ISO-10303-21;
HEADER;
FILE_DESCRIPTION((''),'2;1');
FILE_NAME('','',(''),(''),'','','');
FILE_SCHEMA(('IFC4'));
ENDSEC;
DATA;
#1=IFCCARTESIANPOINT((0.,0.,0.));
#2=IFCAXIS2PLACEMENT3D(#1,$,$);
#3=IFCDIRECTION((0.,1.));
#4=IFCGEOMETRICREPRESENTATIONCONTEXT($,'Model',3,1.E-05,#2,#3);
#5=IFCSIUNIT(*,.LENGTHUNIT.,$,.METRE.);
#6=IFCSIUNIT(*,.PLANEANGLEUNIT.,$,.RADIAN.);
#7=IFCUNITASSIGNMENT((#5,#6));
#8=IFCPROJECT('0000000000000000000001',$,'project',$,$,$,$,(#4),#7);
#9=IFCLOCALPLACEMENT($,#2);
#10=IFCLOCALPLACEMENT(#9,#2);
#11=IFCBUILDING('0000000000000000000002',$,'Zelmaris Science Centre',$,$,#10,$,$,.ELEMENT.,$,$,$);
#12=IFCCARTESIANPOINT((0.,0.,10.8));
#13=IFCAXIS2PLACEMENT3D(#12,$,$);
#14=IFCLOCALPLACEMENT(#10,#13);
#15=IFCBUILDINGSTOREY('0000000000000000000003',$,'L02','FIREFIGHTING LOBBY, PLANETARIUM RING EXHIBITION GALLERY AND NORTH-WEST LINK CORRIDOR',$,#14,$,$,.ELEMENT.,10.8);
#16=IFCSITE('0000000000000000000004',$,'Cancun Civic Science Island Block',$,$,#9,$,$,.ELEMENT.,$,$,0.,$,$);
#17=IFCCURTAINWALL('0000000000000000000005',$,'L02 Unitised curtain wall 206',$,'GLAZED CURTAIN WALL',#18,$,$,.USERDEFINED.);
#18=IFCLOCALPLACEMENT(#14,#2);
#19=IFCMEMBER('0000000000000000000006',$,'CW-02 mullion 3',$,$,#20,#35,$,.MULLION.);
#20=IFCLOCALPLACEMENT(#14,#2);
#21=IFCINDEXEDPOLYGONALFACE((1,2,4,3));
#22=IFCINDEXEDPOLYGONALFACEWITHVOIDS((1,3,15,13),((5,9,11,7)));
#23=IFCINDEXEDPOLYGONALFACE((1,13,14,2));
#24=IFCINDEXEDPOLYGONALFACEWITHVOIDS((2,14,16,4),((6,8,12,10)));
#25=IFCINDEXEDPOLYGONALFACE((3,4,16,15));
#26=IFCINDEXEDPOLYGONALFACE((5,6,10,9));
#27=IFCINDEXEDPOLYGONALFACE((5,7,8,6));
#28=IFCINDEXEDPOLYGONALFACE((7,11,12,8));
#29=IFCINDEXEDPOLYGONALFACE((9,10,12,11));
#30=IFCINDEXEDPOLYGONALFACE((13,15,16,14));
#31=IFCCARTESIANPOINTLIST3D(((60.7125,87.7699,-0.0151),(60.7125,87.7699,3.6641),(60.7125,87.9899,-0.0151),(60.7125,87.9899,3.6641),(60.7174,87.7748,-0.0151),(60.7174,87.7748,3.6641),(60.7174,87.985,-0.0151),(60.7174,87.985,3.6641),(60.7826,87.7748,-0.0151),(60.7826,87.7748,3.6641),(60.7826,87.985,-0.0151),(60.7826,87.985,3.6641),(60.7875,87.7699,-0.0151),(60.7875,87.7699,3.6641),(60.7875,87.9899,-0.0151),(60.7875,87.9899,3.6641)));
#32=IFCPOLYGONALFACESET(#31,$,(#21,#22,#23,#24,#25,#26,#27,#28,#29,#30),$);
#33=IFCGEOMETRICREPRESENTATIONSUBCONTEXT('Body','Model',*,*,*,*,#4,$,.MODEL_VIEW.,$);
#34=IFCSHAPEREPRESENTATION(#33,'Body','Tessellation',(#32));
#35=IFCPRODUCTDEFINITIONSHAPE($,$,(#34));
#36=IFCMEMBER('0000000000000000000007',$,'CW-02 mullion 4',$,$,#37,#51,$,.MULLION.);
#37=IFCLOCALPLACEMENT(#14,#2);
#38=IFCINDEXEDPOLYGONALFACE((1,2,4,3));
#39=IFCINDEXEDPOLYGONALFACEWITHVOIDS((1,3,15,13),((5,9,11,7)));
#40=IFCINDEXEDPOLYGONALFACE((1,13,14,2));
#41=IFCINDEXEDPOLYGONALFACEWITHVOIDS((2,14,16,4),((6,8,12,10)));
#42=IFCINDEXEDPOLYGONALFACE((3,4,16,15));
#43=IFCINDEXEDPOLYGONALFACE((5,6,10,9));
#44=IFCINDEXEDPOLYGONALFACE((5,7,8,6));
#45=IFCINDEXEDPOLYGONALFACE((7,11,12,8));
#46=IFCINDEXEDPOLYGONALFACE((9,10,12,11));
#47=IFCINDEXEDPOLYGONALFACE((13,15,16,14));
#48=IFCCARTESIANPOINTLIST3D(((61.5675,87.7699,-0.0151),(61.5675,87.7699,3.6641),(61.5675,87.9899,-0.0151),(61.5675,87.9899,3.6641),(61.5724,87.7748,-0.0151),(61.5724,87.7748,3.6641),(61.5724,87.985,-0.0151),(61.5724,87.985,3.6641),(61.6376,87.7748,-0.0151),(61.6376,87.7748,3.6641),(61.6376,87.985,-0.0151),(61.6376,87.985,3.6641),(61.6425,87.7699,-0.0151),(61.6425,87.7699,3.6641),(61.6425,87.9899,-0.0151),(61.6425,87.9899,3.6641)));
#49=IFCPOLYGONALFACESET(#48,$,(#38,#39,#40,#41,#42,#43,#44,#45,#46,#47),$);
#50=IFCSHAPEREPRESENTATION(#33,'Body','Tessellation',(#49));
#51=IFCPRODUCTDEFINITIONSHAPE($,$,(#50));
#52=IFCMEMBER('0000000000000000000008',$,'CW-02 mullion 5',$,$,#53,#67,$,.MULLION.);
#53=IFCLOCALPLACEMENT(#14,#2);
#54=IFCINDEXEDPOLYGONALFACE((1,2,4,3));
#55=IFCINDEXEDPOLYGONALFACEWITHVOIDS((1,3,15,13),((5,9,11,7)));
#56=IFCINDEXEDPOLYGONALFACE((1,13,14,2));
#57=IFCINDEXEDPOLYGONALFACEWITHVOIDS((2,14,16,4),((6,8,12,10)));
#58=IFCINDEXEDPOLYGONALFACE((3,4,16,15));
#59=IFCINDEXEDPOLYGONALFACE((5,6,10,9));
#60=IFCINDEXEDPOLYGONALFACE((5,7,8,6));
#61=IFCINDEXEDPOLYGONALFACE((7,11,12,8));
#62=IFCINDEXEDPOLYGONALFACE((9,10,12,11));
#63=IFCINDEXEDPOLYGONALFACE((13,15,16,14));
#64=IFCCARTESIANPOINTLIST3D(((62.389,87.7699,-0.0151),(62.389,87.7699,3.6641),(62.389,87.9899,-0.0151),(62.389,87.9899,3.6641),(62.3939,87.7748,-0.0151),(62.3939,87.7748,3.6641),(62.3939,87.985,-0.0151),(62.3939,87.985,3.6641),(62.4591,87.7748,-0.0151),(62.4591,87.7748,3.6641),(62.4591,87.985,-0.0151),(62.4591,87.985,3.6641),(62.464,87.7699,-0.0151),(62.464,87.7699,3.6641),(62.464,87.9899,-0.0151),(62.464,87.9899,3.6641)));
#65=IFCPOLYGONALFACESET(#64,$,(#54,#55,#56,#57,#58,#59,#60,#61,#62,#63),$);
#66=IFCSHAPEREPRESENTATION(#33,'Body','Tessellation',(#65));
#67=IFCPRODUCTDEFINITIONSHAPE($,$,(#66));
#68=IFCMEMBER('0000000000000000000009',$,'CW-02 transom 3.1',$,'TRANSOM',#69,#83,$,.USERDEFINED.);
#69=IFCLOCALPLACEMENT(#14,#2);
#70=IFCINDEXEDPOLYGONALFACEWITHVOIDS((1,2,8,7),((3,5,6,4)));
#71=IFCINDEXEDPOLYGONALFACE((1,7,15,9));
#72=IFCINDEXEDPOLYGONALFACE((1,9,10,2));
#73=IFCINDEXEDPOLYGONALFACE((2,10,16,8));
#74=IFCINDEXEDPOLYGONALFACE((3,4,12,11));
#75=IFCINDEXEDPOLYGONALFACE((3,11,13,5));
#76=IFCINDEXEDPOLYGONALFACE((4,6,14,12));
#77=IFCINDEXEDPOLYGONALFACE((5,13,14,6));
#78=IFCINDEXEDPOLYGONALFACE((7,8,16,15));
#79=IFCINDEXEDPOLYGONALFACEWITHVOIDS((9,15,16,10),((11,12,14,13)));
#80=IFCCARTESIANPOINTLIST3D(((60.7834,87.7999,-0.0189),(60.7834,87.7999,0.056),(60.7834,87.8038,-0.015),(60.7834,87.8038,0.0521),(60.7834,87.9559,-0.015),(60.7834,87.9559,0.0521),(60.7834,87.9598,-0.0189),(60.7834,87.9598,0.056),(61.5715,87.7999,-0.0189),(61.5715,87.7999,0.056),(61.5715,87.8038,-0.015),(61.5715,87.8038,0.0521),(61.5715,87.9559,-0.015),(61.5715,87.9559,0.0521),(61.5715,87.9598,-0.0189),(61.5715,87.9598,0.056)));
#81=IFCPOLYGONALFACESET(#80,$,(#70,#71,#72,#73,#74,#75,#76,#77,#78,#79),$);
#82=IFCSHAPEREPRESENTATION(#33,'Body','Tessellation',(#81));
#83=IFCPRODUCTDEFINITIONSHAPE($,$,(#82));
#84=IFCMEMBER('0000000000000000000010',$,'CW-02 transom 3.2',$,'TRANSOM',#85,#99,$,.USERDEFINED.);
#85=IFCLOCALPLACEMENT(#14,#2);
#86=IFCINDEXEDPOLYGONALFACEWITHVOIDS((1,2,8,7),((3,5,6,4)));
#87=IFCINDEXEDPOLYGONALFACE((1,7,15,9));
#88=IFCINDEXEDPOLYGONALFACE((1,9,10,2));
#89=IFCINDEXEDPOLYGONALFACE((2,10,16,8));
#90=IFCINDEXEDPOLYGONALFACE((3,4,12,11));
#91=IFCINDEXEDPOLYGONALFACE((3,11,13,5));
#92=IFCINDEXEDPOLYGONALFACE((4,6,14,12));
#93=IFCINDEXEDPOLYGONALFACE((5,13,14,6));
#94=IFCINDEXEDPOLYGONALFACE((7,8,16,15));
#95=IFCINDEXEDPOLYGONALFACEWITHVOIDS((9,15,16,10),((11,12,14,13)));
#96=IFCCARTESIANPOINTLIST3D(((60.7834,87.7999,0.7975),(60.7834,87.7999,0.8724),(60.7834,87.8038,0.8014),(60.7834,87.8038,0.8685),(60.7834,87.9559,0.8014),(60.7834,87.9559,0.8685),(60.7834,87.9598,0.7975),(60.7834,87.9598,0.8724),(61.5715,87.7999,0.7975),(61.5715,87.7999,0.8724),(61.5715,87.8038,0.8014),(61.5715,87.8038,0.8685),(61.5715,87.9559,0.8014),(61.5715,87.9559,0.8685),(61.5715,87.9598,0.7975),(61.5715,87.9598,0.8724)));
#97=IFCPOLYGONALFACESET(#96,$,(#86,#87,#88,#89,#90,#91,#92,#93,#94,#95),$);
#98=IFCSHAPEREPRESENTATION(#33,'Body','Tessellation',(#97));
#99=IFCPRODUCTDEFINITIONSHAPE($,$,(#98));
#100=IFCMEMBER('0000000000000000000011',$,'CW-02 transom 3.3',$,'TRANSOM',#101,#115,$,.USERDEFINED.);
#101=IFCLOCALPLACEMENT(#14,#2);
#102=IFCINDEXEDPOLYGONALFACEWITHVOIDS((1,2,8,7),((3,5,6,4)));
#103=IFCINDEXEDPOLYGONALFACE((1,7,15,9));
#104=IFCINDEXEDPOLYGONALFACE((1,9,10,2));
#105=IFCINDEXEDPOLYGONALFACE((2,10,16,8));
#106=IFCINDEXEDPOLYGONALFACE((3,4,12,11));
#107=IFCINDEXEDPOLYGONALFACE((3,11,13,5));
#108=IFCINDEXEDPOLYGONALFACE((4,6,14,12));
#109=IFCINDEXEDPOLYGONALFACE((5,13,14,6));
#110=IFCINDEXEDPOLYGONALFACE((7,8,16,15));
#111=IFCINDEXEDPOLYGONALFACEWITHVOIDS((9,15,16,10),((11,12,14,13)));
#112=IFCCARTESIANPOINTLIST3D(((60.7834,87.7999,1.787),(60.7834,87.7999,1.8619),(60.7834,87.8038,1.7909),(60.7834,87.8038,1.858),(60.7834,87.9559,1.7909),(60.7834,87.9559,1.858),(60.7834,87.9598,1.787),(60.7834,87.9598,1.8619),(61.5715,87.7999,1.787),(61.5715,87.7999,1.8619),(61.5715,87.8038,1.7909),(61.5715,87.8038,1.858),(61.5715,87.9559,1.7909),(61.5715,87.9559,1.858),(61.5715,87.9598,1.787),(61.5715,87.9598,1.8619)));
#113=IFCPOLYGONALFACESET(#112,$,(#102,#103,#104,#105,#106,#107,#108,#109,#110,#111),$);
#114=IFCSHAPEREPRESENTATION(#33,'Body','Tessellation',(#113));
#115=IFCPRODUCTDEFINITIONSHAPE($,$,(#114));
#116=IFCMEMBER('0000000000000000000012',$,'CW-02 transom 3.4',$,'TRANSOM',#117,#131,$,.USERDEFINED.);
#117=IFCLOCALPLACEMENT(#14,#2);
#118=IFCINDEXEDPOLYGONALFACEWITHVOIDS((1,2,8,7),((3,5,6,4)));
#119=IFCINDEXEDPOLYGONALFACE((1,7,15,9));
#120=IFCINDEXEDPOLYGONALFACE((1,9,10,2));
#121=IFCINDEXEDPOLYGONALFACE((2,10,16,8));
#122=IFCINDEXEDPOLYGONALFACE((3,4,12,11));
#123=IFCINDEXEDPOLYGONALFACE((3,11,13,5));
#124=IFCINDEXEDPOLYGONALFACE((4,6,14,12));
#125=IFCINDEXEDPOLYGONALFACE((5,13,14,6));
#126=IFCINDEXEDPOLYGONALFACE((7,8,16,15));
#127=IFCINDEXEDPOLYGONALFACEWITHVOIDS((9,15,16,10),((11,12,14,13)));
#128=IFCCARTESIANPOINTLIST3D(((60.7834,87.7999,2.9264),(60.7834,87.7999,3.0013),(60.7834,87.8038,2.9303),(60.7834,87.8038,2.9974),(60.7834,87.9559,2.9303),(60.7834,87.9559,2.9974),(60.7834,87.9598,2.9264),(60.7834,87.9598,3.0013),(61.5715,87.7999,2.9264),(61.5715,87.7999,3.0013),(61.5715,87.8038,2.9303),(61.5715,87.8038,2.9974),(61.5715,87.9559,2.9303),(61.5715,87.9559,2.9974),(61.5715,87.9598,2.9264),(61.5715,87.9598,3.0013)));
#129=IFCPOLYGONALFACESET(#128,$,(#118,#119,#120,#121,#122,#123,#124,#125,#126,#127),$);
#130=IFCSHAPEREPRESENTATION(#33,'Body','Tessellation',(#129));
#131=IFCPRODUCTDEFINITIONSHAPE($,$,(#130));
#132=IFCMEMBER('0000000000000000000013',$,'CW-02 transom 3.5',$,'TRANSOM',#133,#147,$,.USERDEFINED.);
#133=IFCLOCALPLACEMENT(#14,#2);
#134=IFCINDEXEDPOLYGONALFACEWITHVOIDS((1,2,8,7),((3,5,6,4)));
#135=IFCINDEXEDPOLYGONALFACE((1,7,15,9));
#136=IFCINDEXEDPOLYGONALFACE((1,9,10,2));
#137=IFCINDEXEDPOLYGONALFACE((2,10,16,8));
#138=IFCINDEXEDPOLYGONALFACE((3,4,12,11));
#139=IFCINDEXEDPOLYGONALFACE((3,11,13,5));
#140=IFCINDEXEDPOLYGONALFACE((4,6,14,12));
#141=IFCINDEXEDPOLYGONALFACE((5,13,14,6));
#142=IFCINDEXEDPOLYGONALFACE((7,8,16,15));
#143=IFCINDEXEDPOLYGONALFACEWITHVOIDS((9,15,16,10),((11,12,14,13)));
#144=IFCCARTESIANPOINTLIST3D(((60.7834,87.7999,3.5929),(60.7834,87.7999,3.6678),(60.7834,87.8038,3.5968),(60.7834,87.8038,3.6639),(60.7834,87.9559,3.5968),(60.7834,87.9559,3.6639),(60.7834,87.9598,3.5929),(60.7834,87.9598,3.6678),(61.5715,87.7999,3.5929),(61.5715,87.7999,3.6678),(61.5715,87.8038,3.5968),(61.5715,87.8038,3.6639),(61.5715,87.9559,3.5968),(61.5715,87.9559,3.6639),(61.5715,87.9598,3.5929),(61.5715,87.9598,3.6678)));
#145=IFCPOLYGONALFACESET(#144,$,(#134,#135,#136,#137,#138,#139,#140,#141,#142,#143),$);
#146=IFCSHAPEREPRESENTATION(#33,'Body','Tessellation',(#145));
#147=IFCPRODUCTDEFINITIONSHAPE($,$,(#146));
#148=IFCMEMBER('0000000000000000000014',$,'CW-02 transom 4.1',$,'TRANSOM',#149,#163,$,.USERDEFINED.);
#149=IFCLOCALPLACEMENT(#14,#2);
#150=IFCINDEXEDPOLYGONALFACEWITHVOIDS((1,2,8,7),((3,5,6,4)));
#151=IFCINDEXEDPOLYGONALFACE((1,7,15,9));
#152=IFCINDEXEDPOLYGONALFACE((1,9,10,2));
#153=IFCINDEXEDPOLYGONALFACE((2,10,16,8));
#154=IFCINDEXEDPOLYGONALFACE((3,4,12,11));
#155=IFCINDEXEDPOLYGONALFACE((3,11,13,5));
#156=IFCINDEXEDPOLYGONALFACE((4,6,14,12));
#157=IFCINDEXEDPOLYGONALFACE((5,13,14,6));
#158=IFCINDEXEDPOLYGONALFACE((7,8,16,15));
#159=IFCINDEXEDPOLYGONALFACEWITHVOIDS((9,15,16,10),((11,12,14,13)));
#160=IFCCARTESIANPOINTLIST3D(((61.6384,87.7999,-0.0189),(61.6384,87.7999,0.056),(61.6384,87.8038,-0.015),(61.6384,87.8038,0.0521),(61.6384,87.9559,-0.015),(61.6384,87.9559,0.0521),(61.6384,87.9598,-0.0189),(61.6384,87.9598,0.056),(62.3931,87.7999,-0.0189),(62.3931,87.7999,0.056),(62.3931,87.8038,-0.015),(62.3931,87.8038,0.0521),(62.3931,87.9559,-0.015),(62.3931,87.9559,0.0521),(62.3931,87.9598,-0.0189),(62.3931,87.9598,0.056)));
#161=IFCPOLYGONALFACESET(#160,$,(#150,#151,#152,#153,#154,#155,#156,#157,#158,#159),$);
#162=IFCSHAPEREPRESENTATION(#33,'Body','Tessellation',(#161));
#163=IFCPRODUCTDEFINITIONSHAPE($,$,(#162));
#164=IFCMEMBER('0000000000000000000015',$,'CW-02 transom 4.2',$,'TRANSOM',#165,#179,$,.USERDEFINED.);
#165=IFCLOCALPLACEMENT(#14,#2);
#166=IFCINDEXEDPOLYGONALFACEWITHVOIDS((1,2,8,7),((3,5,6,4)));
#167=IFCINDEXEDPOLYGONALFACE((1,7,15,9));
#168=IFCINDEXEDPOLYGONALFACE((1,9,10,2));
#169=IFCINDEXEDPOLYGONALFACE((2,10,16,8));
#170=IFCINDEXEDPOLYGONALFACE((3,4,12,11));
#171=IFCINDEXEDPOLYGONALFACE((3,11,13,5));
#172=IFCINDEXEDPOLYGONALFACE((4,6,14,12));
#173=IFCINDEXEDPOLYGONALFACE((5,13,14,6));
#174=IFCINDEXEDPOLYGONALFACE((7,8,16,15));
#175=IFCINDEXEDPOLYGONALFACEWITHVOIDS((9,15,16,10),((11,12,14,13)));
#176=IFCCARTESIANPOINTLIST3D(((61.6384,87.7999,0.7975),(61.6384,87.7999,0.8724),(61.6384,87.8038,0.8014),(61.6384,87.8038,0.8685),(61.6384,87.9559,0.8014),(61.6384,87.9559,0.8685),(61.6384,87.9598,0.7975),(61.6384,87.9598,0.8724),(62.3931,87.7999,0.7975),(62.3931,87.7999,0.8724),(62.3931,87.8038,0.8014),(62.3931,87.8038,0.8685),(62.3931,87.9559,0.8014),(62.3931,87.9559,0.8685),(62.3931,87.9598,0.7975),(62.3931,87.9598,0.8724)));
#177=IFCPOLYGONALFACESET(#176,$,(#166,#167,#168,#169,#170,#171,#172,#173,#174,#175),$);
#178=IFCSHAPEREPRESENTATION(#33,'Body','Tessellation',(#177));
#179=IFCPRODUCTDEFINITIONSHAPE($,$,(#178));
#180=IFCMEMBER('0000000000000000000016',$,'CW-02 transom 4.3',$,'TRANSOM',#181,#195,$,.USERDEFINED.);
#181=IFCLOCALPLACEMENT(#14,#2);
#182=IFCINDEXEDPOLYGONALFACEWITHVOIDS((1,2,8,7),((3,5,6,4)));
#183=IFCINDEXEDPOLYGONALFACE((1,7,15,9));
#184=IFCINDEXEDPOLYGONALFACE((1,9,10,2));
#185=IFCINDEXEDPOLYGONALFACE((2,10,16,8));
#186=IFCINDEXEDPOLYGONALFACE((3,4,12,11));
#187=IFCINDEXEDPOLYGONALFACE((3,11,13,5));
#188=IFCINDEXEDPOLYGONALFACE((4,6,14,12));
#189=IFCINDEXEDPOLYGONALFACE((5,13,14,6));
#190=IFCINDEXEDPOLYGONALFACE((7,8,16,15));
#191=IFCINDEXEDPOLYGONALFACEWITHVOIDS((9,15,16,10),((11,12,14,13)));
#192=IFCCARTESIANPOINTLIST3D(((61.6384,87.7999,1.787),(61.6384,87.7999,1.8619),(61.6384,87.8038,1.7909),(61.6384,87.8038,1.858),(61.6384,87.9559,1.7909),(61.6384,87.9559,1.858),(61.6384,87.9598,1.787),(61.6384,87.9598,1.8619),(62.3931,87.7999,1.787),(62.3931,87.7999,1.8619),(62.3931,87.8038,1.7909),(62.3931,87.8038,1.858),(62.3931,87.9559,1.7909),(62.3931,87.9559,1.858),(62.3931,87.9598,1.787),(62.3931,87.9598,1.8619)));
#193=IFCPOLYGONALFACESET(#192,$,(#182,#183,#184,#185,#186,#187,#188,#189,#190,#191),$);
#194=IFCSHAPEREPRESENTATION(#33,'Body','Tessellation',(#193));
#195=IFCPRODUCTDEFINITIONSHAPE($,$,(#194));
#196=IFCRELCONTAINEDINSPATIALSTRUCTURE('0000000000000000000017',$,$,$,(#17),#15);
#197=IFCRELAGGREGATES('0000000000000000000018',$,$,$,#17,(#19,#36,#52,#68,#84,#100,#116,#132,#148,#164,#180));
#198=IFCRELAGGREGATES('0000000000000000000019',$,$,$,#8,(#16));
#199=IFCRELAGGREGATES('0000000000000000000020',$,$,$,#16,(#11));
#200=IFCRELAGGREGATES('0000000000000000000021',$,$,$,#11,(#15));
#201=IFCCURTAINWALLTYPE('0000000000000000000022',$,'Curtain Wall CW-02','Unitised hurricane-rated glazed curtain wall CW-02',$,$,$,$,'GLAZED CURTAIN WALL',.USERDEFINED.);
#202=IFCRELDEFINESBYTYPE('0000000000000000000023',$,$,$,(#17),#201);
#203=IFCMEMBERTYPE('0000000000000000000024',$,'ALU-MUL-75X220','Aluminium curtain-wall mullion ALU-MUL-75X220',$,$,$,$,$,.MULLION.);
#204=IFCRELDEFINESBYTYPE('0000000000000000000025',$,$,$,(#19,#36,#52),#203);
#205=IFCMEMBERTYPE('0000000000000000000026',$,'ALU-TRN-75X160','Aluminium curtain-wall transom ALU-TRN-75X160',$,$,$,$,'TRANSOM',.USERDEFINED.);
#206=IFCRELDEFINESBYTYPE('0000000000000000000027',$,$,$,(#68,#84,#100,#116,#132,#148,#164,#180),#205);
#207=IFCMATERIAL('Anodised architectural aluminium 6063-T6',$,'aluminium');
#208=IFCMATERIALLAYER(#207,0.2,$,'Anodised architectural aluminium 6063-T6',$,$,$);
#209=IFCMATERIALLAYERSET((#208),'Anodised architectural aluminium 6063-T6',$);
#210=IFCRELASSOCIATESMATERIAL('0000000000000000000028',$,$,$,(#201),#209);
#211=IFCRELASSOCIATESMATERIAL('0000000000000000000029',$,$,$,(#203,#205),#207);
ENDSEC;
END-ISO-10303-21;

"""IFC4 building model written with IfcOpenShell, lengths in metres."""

from ifc_helpers import new_model, si_unit, direction, frame, origin, origin_2d, place, context, subcontext, project, spatial, hollow_rectangle, extrude, material, layer, layer_set, material_profile, profile_set, type_object, element, aggregate, save


model = new_model("IFC4")

# Units and contexts
model_context = context("Model", 3, precision=1e-05, world=origin(), true_north=direction((0.0, 1.0)))
body_context = subcontext(model_context, "Body", "Model", "MODEL_VIEW")
ifc_project = project(units=[si_unit("LENGTHUNIT", "METRE"), si_unit("PLANEANGLEUNIT", "RADIAN")], contexts=[model_context])

# Site, building, storey
site_placement = place(None, origin())
site = spatial("IfcSite", under=ifc_project, at=site_placement, Name="Cancun Civic Science Island Block", CompositionType="ELEMENT", RefElevation=0.0)
building_placement = place(site_placement, origin())
building = spatial("IfcBuilding", under=site, at=building_placement, Name="Zelmaris Science Centre", CompositionType="ELEMENT")
storey_placement = place(building_placement, frame((0.0, 0.0, 10.8)))
storey = spatial("IfcBuildingStorey", under=building, at=storey_placement, Name="L02", Description="FIREFIGHTING LOBBY, PLANETARIUM RING EXHIBITION GALLERY AND NORTH-WEST LINK CORRIDOR", CompositionType="ELEMENT", Elevation=10.8)

# Curtain wall, members
ifc_material_1 = material(Name="Anodised architectural aluminium 6063-T6", Category="aluminium")
ifc_layer_1 = layer(ifc_material_1, 0.2, Name="Anodised architectural aluminium 6063-T6")
ifc_layer_set_1 = layer_set([ifc_layer_1], Name="Anodised architectural aluminium 6063-T6")
curtain_wall_type = type_object("IfcCurtainWallType", Name="Curtain Wall CW-02", Description="Unitised hurricane-rated glazed curtain wall CW-02", ElementType="GLAZED CURTAIN WALL", PredefinedType="USERDEFINED", material=ifc_layer_set_1)
curtain_wall_placement = place(storey_placement, origin())
curtain_wall = element("IfcCurtainWall", 1, at=curtain_wall_placement, inside=storey, type_object=curtain_wall_type, Name="L02 Unitised curtain wall 206", ObjectType="GLAZED CURTAIN WALL", PredefinedType="USERDEFINED")
ifc_material_profile_1 = material_profile(ifc_material_1, hollow_rectangle(XDim=0.075, YDim=0.22, WallThickness=0.0049, at=origin_2d()), Name="ALU-MUL-75X220")
ifc_profile_set_1 = profile_set([ifc_material_profile_1], Name="Anodised architectural aluminium 6063-T6")
member_type_1 = type_object("IfcMemberType", Name="ALU-MUL-75X220", Description="Aluminium curtain-wall mullion ALU-MUL-75X220", PredefinedType="MULLION", material=ifc_profile_set_1)
member_1_placement = place(storey_placement, frame((60.75, 87.8799, -0.0151), z_axis=(0.0, 0.0, 1.0), x_axis=(1.0, 0.0, 0.0)))
member_1 = element("IfcMember", 2, at=member_1_placement, type_object=member_type_1, Name="CW-02 mullion 3", PredefinedType="MULLION", context=body_context, shape_type="SweptSolid", body=[
    extrude(hollow_rectangle(XDim=0.075, YDim=0.22, WallThickness=0.0049, at=origin_2d()), origin(), (0.0, 0.0, 1.0), 3.6792),
])
member_2_placement = place(storey_placement, frame((61.605, 87.8799, -0.0151), z_axis=(0.0, 0.0, 1.0), x_axis=(1.0, 0.0, 0.0)))
member_2 = element("IfcMember", 3, at=member_2_placement, type_object=member_type_1, Name="CW-02 mullion 4", PredefinedType="MULLION", context=body_context, shape_type="SweptSolid", body=[
    extrude(hollow_rectangle(XDim=0.075, YDim=0.22, WallThickness=0.0049, at=origin_2d()), origin(), (0.0, 0.0, 1.0), 3.6792),
])
member_3_placement = place(storey_placement, frame((62.4265, 87.8799, -0.0151), z_axis=(0.0, 0.0, 1.0), x_axis=(1.0, 0.0, 0.0)))
member_3 = element("IfcMember", 4, at=member_3_placement, type_object=member_type_1, Name="CW-02 mullion 5", PredefinedType="MULLION", context=body_context, shape_type="SweptSolid", body=[
    extrude(hollow_rectangle(XDim=0.075, YDim=0.22, WallThickness=0.0049, at=origin_2d()), origin(), (0.0, 0.0, 1.0), 3.6792),
])
ifc_material_profile_2 = material_profile(ifc_material_1, hollow_rectangle(XDim=0.075, YDim=0.1599, WallThickness=0.0039, at=origin_2d()), Name="ALU-TRN-75X160")
ifc_profile_set_2 = profile_set([ifc_material_profile_2], Name="Anodised architectural aluminium 6063-T6")
member_type_2 = type_object("IfcMemberType", Name="ALU-TRN-75X160", Description="Aluminium curtain-wall transom ALU-TRN-75X160", ElementType="TRANSOM", PredefinedType="USERDEFINED", material=ifc_profile_set_2)
member_4_placement = place(storey_placement, frame((60.7834, 87.8799, 0.0186), z_axis=(1.0, 0.0, 0.0), x_axis=(0.0, 0.0, 1.0)))
member_4 = element("IfcMember", 5, at=member_4_placement, type_object=member_type_2, Name="CW-02 transom 3.1", ObjectType="TRANSOM", PredefinedType="USERDEFINED", context=body_context, shape_type="SweptSolid", body=[
    extrude(hollow_rectangle(XDim=0.075, YDim=0.1599, WallThickness=0.0039, at=origin_2d()), origin(), (0.0, 0.0, 1.0), 0.7881),
])
member_5_placement = place(storey_placement, frame((60.7834, 87.8799, 0.835), z_axis=(1.0, 0.0, 0.0), x_axis=(0.0, 0.0, 1.0)))
member_5 = element("IfcMember", 6, at=member_5_placement, type_object=member_type_2, Name="CW-02 transom 3.2", ObjectType="TRANSOM", PredefinedType="USERDEFINED", context=body_context, shape_type="SweptSolid", body=[
    extrude(hollow_rectangle(XDim=0.075, YDim=0.1599, WallThickness=0.0039, at=origin_2d()), origin(), (0.0, 0.0, 1.0), 0.7881),
])
member_6_placement = place(storey_placement, frame((60.7834, 87.8799, 1.8245), z_axis=(1.0, 0.0, 0.0), x_axis=(0.0, 0.0, 1.0)))
member_6 = element("IfcMember", 7, at=member_6_placement, type_object=member_type_2, Name="CW-02 transom 3.3", ObjectType="TRANSOM", PredefinedType="USERDEFINED", context=body_context, shape_type="SweptSolid", body=[
    extrude(hollow_rectangle(XDim=0.075, YDim=0.1599, WallThickness=0.0039, at=origin_2d()), origin(), (0.0, 0.0, 1.0), 0.7881),
])
member_7_placement = place(storey_placement, frame((60.7834, 87.8799, 2.9639), z_axis=(1.0, 0.0, 0.0), x_axis=(0.0, 0.0, 1.0)))
member_7 = element("IfcMember", 8, at=member_7_placement, type_object=member_type_2, Name="CW-02 transom 3.4", ObjectType="TRANSOM", PredefinedType="USERDEFINED", context=body_context, shape_type="SweptSolid", body=[
    extrude(hollow_rectangle(XDim=0.075, YDim=0.1599, WallThickness=0.0039, at=origin_2d()), origin(), (0.0, 0.0, 1.0), 0.7881),
])
member_8_placement = place(storey_placement, frame((60.7834, 87.8799, 3.6304), z_axis=(1.0, 0.0, 0.0), x_axis=(0.0, 0.0, 1.0)))
member_8 = element("IfcMember", 9, at=member_8_placement, type_object=member_type_2, Name="CW-02 transom 3.5", ObjectType="TRANSOM", PredefinedType="USERDEFINED", context=body_context, shape_type="SweptSolid", body=[
    extrude(hollow_rectangle(XDim=0.075, YDim=0.1599, WallThickness=0.0039, at=origin_2d()), origin(), (0.0, 0.0, 1.0), 0.7881),
])
member_9_placement = place(storey_placement, frame((61.6384, 87.8799, 0.0186), z_axis=(1.0, 0.0, 0.0), x_axis=(0.0, 0.0, 1.0)))
member_9 = element("IfcMember", 10, at=member_9_placement, type_object=member_type_2, Name="CW-02 transom 4.1", ObjectType="TRANSOM", PredefinedType="USERDEFINED", context=body_context, shape_type="SweptSolid", body=[
    extrude(hollow_rectangle(XDim=0.075, YDim=0.1599, WallThickness=0.0039, at=origin_2d()), origin(), (0.0, 0.0, 1.0), 0.7546),
])
member_10_placement = place(storey_placement, frame((61.6384, 87.8799, 0.835), z_axis=(1.0, 0.0, 0.0), x_axis=(0.0, 0.0, 1.0)))
member_10 = element("IfcMember", 11, at=member_10_placement, type_object=member_type_2, Name="CW-02 transom 4.2", ObjectType="TRANSOM", PredefinedType="USERDEFINED", context=body_context, shape_type="SweptSolid", body=[
    extrude(hollow_rectangle(XDim=0.075, YDim=0.1599, WallThickness=0.0039, at=origin_2d()), origin(), (0.0, 0.0, 1.0), 0.7546),
])
member_11_placement = place(storey_placement, frame((61.6384, 87.8799, 1.8245), z_axis=(1.0, 0.0, 0.0), x_axis=(0.0, 0.0, 1.0)))
member_11 = element("IfcMember", 12, at=member_11_placement, type_object=member_type_2, Name="CW-02 transom 4.3", ObjectType="TRANSOM", PredefinedType="USERDEFINED", context=body_context, shape_type="SweptSolid", body=[
    extrude(hollow_rectangle(XDim=0.075, YDim=0.1599, WallThickness=0.0039, at=origin_2d()), origin(), (0.0, 0.0, 1.0), 0.7546),
])
aggregate(curtain_wall, [member_1, member_2, member_3, member_4, member_5, member_6, member_7, member_8, member_9, member_10, member_11])

save(model, "model.ifc")
